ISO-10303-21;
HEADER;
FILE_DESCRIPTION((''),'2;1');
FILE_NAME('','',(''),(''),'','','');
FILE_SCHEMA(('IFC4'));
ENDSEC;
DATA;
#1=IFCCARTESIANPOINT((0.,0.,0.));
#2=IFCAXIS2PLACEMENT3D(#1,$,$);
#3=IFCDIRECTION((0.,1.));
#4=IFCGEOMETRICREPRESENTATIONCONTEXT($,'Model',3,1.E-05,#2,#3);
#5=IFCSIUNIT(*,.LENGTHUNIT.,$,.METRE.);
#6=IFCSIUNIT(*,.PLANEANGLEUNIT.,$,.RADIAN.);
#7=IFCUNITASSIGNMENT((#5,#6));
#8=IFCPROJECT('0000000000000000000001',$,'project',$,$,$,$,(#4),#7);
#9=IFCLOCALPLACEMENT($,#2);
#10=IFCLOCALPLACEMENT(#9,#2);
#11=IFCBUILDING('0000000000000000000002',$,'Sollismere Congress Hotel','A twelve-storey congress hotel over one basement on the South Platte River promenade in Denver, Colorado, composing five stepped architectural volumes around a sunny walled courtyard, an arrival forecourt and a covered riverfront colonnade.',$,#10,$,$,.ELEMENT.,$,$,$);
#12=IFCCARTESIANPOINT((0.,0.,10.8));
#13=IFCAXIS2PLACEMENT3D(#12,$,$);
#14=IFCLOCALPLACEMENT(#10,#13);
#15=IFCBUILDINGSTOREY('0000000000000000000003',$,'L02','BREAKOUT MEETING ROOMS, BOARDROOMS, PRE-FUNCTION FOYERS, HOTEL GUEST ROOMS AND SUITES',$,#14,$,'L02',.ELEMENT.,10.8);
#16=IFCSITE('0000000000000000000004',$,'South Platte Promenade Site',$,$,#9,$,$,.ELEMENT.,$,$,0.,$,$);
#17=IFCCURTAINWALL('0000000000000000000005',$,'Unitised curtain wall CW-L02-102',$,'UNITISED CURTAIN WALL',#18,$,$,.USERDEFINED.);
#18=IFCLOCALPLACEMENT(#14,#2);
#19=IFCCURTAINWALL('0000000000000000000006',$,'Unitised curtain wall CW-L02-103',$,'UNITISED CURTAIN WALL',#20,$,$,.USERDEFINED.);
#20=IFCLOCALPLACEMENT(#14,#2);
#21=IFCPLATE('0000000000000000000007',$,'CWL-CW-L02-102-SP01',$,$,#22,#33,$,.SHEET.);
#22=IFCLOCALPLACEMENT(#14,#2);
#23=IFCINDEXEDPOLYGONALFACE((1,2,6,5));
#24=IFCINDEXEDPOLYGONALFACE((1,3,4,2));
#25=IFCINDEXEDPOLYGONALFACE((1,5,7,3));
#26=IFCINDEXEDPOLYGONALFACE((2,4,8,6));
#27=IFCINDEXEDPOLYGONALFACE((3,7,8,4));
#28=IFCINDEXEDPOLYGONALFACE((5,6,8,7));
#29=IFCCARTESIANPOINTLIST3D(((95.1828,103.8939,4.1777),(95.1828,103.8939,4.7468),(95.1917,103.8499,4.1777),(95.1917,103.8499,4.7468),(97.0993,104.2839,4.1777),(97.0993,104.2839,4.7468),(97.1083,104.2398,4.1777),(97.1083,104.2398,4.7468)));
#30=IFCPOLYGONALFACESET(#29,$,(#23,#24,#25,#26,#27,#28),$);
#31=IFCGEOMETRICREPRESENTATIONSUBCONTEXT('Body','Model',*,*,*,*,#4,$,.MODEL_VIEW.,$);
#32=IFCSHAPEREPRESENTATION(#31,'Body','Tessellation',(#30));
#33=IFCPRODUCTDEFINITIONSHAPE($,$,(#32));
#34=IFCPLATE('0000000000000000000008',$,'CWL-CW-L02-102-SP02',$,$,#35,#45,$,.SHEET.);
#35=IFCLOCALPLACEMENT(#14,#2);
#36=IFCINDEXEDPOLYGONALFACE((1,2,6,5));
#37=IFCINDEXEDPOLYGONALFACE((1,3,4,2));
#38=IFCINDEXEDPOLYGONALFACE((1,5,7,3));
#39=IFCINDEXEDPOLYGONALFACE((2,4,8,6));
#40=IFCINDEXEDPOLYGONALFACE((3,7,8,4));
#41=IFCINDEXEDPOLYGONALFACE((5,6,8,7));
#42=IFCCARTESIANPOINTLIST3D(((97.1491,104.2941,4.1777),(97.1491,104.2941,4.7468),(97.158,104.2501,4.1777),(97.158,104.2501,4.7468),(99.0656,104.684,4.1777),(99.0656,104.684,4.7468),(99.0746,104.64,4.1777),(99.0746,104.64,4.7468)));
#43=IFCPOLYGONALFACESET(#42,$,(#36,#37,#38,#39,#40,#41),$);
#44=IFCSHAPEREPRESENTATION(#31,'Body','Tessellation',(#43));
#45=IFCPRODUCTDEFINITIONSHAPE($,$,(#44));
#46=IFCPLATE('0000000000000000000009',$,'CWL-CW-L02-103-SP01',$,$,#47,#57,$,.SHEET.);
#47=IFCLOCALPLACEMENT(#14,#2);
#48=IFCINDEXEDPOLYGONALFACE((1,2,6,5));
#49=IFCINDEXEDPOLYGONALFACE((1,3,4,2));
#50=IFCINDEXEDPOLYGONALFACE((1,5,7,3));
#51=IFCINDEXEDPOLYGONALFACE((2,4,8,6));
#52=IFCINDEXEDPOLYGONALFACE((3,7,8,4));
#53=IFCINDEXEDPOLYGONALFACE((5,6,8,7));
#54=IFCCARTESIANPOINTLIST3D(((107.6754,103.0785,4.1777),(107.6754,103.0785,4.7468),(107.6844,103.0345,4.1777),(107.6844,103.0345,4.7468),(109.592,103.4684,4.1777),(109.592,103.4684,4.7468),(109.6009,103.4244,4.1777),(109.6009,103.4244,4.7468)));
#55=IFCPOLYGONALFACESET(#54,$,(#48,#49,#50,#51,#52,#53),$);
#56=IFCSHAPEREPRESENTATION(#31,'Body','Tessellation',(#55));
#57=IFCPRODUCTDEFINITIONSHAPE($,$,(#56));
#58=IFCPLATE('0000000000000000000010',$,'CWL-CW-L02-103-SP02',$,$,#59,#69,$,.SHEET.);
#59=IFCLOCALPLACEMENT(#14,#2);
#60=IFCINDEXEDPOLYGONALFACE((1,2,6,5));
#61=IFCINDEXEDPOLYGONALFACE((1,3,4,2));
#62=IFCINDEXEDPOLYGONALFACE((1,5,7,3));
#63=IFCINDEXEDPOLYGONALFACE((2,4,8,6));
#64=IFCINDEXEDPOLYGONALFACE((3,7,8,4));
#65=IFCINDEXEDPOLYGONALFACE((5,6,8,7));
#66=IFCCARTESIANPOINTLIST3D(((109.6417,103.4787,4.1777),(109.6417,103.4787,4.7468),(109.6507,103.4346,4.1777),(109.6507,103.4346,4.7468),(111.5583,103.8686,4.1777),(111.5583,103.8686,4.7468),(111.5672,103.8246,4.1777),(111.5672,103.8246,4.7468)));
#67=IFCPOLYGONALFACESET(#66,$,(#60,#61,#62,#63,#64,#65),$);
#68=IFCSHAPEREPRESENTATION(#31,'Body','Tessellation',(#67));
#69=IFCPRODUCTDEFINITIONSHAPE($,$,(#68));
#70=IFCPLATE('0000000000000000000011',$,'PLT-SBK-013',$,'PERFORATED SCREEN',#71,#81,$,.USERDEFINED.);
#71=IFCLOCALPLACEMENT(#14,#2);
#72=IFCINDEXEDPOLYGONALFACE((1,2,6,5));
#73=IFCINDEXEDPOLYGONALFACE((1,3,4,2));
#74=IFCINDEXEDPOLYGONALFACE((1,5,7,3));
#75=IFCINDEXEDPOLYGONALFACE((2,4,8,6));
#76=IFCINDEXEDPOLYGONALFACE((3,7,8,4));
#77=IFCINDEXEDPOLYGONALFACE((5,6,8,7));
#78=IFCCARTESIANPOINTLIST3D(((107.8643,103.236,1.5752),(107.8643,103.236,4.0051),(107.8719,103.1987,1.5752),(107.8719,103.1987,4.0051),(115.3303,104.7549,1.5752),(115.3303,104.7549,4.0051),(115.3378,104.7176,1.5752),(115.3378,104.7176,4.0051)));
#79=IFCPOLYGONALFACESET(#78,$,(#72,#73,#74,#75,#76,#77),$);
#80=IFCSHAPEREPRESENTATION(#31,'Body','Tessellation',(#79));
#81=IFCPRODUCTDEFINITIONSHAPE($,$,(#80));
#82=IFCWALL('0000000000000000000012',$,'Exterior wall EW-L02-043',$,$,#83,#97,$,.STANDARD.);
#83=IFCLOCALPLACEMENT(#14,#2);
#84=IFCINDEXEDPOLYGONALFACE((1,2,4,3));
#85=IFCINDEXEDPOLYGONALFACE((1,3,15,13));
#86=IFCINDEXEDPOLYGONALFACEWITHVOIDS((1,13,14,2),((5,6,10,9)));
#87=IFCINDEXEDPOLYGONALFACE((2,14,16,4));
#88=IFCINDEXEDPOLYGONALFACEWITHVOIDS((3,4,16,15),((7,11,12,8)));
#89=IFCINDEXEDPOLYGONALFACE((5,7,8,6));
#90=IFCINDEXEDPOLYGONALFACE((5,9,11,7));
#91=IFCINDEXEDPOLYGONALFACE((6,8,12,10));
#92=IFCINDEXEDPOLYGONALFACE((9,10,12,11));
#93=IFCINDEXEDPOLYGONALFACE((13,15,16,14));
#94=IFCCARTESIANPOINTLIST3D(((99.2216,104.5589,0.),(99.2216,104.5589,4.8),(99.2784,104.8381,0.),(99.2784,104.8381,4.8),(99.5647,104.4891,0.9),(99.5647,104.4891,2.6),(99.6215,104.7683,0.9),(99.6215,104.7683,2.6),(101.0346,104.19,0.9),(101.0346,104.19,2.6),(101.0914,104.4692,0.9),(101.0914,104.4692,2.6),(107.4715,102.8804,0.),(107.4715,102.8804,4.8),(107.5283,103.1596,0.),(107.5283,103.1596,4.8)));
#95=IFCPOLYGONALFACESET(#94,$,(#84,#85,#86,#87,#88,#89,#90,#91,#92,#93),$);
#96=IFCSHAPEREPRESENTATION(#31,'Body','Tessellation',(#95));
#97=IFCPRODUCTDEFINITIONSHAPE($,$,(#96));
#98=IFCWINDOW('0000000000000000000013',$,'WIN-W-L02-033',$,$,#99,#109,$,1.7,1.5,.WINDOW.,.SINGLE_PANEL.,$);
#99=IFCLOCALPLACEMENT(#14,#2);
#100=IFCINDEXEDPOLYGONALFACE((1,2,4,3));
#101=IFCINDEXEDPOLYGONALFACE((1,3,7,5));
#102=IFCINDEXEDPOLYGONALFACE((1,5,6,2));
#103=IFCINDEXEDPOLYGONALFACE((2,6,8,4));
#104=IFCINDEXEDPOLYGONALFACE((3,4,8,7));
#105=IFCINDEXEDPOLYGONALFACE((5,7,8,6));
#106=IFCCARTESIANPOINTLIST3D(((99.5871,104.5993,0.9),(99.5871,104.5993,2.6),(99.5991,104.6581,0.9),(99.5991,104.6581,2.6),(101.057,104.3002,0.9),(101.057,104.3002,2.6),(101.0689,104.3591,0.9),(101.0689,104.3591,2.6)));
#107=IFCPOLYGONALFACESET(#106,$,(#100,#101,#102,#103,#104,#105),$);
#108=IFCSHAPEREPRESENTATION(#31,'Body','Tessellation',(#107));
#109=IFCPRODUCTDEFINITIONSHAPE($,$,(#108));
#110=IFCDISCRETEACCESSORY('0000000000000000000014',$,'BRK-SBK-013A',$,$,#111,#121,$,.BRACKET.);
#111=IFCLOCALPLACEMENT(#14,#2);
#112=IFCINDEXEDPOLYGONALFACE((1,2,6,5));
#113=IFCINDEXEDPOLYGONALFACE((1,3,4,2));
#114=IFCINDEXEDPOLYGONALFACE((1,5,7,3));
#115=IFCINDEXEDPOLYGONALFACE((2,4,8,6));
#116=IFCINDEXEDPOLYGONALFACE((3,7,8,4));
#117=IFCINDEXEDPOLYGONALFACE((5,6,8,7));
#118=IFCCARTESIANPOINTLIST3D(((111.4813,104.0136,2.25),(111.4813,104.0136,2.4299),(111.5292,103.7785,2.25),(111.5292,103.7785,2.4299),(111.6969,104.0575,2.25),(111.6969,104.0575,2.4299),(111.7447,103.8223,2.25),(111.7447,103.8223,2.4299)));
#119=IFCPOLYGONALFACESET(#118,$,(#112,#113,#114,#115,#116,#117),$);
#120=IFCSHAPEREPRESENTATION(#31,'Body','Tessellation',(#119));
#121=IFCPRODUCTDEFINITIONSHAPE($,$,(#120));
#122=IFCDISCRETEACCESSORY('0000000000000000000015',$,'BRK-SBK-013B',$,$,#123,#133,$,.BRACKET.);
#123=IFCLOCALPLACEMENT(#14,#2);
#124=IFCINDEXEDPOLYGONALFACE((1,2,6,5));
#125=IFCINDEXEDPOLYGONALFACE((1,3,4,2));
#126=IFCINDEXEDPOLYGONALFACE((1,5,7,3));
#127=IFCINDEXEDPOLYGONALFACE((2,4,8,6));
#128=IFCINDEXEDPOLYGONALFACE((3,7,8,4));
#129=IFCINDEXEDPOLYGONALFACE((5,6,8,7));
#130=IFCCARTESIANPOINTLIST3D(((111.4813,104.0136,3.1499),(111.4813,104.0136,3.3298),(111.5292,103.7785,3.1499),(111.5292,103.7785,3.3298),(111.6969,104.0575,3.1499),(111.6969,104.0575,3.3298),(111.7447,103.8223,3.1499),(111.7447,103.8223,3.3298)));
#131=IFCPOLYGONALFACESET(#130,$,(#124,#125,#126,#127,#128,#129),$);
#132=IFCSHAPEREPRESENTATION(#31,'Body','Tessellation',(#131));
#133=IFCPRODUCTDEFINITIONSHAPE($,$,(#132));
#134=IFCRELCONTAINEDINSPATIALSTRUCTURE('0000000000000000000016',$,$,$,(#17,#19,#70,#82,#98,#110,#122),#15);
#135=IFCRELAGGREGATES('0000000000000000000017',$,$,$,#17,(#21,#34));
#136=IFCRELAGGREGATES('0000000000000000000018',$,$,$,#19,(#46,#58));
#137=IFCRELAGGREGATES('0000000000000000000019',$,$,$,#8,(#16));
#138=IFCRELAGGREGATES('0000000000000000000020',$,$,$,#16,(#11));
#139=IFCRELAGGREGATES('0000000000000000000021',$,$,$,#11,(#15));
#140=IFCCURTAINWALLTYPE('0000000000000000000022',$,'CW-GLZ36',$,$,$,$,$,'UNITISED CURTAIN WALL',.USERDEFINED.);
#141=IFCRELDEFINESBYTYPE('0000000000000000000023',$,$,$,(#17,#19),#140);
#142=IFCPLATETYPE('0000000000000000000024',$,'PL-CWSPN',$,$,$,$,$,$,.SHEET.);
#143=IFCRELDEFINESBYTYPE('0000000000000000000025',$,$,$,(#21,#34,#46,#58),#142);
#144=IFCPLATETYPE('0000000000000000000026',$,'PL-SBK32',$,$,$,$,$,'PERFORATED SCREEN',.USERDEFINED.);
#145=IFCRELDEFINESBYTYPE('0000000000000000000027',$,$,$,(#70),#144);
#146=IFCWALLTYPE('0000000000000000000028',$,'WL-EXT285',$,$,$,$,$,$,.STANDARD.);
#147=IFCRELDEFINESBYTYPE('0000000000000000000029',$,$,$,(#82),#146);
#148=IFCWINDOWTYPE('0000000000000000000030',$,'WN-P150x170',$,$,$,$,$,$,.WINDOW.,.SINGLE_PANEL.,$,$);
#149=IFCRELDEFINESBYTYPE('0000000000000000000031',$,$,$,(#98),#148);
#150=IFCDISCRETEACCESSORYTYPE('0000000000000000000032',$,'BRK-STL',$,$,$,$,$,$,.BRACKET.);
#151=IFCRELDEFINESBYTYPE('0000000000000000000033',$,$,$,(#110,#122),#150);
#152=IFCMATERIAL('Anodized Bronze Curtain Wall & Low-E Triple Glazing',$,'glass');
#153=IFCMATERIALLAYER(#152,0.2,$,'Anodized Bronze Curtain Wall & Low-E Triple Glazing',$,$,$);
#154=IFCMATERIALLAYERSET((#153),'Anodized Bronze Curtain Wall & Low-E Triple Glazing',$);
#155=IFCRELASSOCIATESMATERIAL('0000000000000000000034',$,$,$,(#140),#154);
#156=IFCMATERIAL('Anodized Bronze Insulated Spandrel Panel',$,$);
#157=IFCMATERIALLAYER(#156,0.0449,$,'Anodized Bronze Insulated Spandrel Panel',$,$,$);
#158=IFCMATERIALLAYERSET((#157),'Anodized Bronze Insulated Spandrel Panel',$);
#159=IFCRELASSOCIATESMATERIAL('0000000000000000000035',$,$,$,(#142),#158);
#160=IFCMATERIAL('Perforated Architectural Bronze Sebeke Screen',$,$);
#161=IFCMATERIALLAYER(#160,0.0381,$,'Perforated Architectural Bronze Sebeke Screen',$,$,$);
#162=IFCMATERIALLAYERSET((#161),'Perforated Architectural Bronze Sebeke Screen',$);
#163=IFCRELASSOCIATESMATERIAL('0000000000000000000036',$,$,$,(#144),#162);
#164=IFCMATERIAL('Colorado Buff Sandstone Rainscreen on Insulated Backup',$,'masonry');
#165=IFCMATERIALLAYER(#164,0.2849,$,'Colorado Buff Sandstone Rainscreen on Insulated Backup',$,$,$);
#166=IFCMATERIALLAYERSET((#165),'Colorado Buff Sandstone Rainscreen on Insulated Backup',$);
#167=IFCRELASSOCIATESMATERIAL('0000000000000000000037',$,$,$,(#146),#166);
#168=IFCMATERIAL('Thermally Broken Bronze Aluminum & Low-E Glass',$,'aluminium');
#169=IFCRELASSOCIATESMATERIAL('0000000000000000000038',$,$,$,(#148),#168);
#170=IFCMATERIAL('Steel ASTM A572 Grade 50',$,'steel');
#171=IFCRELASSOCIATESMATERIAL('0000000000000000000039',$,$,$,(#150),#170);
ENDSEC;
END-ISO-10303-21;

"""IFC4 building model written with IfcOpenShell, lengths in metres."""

from ifc_helpers import new_model, si_unit, direction, frame, frame_2d, origin, origin_2d, place, context, subcontext, project, spatial, rectangle, extrude, material, layer, layer_set, type_object, element, fill, aggregate, save


model = new_model("IFC4")

# Units and contexts
model_context = context("Model", 3, precision=1e-05, world=origin(), true_north=direction((0.0, 1.0)))
body_context = subcontext(model_context, "Body", "Model", "MODEL_VIEW")
ifc_project = project(units=[si_unit("LENGTHUNIT", "METRE"), si_unit("PLANEANGLEUNIT", "RADIAN")], contexts=[model_context])

# Site, building, storey
site_placement = place(None, origin())
site = spatial("IfcSite", under=ifc_project, at=site_placement, Name="South Platte Promenade Site", CompositionType="ELEMENT", RefElevation=0.0)
building_placement = place(site_placement, origin())
building = spatial("IfcBuilding", under=site, at=building_placement, Name="Sollismere Congress Hotel", Description="A twelve-storey congress hotel over one basement on the South Platte River promenade in Denver, Colorado, composing five stepped architectural volumes around a sunny walled courtyard, an arrival forecourt and a covered riverfront colonnade.", CompositionType="ELEMENT")
storey_placement = place(building_placement, frame((0.0, 0.0, 10.8)))
storey = spatial("IfcBuildingStorey", under=building, at=storey_placement, Name="L02", Description="BREAKOUT MEETING ROOMS, BOARDROOMS, PRE-FUNCTION FOYERS, HOTEL GUEST ROOMS AND SUITES", LongName="L02", CompositionType="ELEMENT", Elevation=10.8)

# Curtain walls
ifc_material_1 = material(Name="Anodized Bronze Curtain Wall & Low-E Triple Glazing", Category="glass")
ifc_layer_1 = layer(ifc_material_1, 0.2, Name="Anodized Bronze Curtain Wall & Low-E Triple Glazing")
ifc_layer_set_1 = layer_set([ifc_layer_1], Name="Anodized Bronze Curtain Wall & Low-E Triple Glazing")
curtain_wall_type = type_object("IfcCurtainWallType", Name="CW-GLZ36", ElementType="UNITISED CURTAIN WALL", PredefinedType="USERDEFINED", material=ifc_layer_set_1)
curtain_wall_1_placement = place(storey_placement, origin())
curtain_wall_1 = element("IfcCurtainWall", 1, at=curtain_wall_1_placement, inside=storey, type_object=curtain_wall_type, Name="Unitised curtain wall CW-L02-102", ObjectType="UNITISED CURTAIN WALL", PredefinedType="USERDEFINED")
curtain_wall_2_placement = place(storey_placement, origin())
curtain_wall_2 = element("IfcCurtainWall", 2, at=curtain_wall_2_placement, inside=storey, type_object=curtain_wall_type, Name="Unitised curtain wall CW-L02-103", ObjectType="UNITISED CURTAIN WALL", PredefinedType="USERDEFINED")

# Plates
ifc_material_2 = material(Name="Anodized Bronze Insulated Spandrel Panel")
ifc_layer_2 = layer(ifc_material_2, 0.0449, Name="Anodized Bronze Insulated Spandrel Panel")
ifc_layer_set_2 = layer_set([ifc_layer_2], Name="Anodized Bronze Insulated Spandrel Panel")
plate_type_1 = type_object("IfcPlateType", Name="PL-CWSPN", PredefinedType="SHEET", material=ifc_layer_set_2)
plate_1_placement = place(storey_placement, frame((96.1455, 104.0669, 4.1777), z_axis=(0.0, 0.0, 1.0), x_axis=(0.979925, 0.199368, 0.0)))
plate_1 = element("IfcPlate", 3, at=plate_1_placement, type_object=plate_type_1, Name="CWL-CW-L02-102-SP01", PredefinedType="SHEET", context=body_context, shape_type="SweptSolid", body=[
    extrude(rectangle(XDim=1.9558, YDim=0.0449, at=origin_2d()), origin(), (0.0, 0.0, 1.0), 0.5691),
])
plate_2_placement = place(storey_placement, frame((98.1118, 104.467, 4.1777), z_axis=(0.0, 0.0, 1.0), x_axis=(0.979925, 0.199368, 0.0)))
plate_2 = element("IfcPlate", 4, at=plate_2_placement, type_object=plate_type_1, Name="CWL-CW-L02-102-SP02", PredefinedType="SHEET", context=body_context, shape_type="SweptSolid", body=[
    extrude(rectangle(XDim=1.9558, YDim=0.0449, at=origin_2d()), origin(), (0.0, 0.0, 1.0), 0.5691),
])
aggregate(curtain_wall_1, [plate_1, plate_2])
plate_3_placement = place(storey_placement, frame((108.6382, 103.2515, 4.1777), z_axis=(0.0, 0.0, 1.0), x_axis=(0.979925, 0.199368, 0.0)))
plate_3 = element("IfcPlate", 5, at=plate_3_placement, type_object=plate_type_1, Name="CWL-CW-L02-103-SP01", PredefinedType="SHEET", context=body_context, shape_type="SweptSolid", body=[
    extrude(rectangle(XDim=1.9558, YDim=0.0449, at=origin_2d()), origin(), (0.0, 0.0, 1.0), 0.5691),
])
plate_4_placement = place(storey_placement, frame((110.6045, 103.6516, 4.1777), z_axis=(0.0, 0.0, 1.0), x_axis=(0.979925, 0.199368, 0.0)))
plate_4 = element("IfcPlate", 6, at=plate_4_placement, type_object=plate_type_1, Name="CWL-CW-L02-103-SP02", PredefinedType="SHEET", context=body_context, shape_type="SweptSolid", body=[
    extrude(rectangle(XDim=1.9558, YDim=0.0449, at=origin_2d()), origin(), (0.0, 0.0, 1.0), 0.5691),
])
aggregate(curtain_wall_2, [plate_3, plate_4])
ifc_material_3 = material(Name="Perforated Architectural Bronze Sebeke Screen")
ifc_layer_3 = layer(ifc_material_3, 0.0381, Name="Perforated Architectural Bronze Sebeke Screen")
ifc_layer_set_3 = layer_set([ifc_layer_3], Name="Perforated Architectural Bronze Sebeke Screen")
plate_type_2 = type_object("IfcPlateType", Name="PL-SBK32", ElementType="PERFORATED SCREEN", PredefinedType="USERDEFINED", material=ifc_layer_set_3)
plate_5_placement = place(storey_placement, frame((111.6011, 103.9768, 1.5752), z_axis=(0.0, 0.0, 1.0), x_axis=(0.979925, 0.199368, 0.0)))
element("IfcPlate", 7, at=plate_5_placement, inside=storey, type_object=plate_type_2, Name="PLT-SBK-013", ObjectType="PERFORATED SCREEN", PredefinedType="USERDEFINED", context=body_context, shape_type="SweptSolid", body=[
    extrude(rectangle(XDim=7.6189, YDim=0.0381, at=origin_2d()), origin(), (0.0, 0.0, 1.0), 2.4299),
])

# Wall, opening, window
ifc_material_4 = material(Name="Colorado Buff Sandstone Rainscreen on Insulated Backup", Category="masonry")
ifc_layer_4 = layer(ifc_material_4, 0.2849, Name="Colorado Buff Sandstone Rainscreen on Insulated Backup")
ifc_layer_set_4 = layer_set([ifc_layer_4], Name="Colorado Buff Sandstone Rainscreen on Insulated Backup")
wall_type = type_object("IfcWallType", Name="WL-EXT285", PredefinedType="STANDARD", material=ifc_layer_set_4)
wall_placement = place(storey_placement, frame((99.25, 104.6985, 0.0), z_axis=(0.0, 0.0, 1.0), x_axis=(0.979925, -0.199366, 0.0)))
wall = element("IfcWall", 8, at=wall_placement, inside=storey, type_object=wall_type, Name="Exterior wall EW-L02-043", PredefinedType="STANDARD", context=body_context, shape_type="SweptSolid", body=[
    extrude(rectangle(XDim=8.4189, YDim=0.2849, at=frame_2d((4.2095, 0.0))), origin(), (0.0, 0.0, 1.0), 4.8),
])
opening_placement = place(wall_placement, frame((0.3501, 0.0, 0.8999)))
opening = element("IfcOpeningElement", 9, at=opening_placement, cuts=wall, PredefinedType="OPENING", context=body_context, shape_type="SweptSolid", body=[
    extrude(rectangle(XDim=1.5, YDim=1.7, at=frame_2d((0.75, 0.8501))), frame((0.0, 0.1523, 0.0), z_axis=(0.0, -1.0, 0.0), x_axis=(1.0, 0.0, 0.0)), (0.0, 0.0, 1.0), 0.3049),
])
ifc_material_5 = material(Name="Thermally Broken Bronze Aluminum & Low-E Glass", Category="aluminium")
window_type = type_object("IfcWindowType", Name="WN-P150x170", PartitioningType="SINGLE_PANEL", PredefinedType="WINDOW", material=ifc_material_5)
window_placement = place(opening_placement, origin())
window = element("IfcWindow", 10, at=window_placement, inside=storey, type_object=window_type, Name="WIN-W-L02-033", OverallHeight=1.7, OverallWidth=1.5, PartitioningType="SINGLE_PANEL", PredefinedType="WINDOW", context=body_context, shape_type="SweptSolid", body=[
    extrude(rectangle(XDim=1.5, YDim=1.7, at=frame_2d((0.75, 0.8501))), frame((0.0, 0.03, 0.0), z_axis=(0.0, -1.0, 0.0), x_axis=(1.0, 0.0, 0.0)), (0.0, 0.0, 1.0), 0.0601),
])
fill(opening, window)

# Discrete accessories
ifc_material_6 = material(Name="Steel ASTM A572 Grade 50", Category="steel")
discrete_accessory_type = type_object("IfcDiscreteAccessoryType", Name="BRK-STL", PredefinedType="BRACKET", material=ifc_material_6)
for number, where, z_axis, x_axis, name in (
    (11, (111.613, 103.918, 2.25), (0.0, 0.0, 1.0), (0.979925, 0.199368, 0.0), "BRK-SBK-013A"),
    (12, (111.613, 103.918, 3.1499), (0.0, 0.0, 1.0), (0.979925, 0.199368, 0.0), "BRK-SBK-013B"),
):
    element("IfcDiscreteAccessory", number, at=place(storey_placement, frame(where, z_axis=z_axis, x_axis=x_axis)), inside=storey, type_object=discrete_accessory_type, Name=name, PredefinedType="BRACKET", context=body_context, shape_type="SweptSolid", body=[
        extrude(rectangle(XDim=0.22, YDim=0.24, at=origin_2d()), origin(), (0.0, 0.0, 1.0), 0.1799),
    ])

save(model, "model.ifc")
